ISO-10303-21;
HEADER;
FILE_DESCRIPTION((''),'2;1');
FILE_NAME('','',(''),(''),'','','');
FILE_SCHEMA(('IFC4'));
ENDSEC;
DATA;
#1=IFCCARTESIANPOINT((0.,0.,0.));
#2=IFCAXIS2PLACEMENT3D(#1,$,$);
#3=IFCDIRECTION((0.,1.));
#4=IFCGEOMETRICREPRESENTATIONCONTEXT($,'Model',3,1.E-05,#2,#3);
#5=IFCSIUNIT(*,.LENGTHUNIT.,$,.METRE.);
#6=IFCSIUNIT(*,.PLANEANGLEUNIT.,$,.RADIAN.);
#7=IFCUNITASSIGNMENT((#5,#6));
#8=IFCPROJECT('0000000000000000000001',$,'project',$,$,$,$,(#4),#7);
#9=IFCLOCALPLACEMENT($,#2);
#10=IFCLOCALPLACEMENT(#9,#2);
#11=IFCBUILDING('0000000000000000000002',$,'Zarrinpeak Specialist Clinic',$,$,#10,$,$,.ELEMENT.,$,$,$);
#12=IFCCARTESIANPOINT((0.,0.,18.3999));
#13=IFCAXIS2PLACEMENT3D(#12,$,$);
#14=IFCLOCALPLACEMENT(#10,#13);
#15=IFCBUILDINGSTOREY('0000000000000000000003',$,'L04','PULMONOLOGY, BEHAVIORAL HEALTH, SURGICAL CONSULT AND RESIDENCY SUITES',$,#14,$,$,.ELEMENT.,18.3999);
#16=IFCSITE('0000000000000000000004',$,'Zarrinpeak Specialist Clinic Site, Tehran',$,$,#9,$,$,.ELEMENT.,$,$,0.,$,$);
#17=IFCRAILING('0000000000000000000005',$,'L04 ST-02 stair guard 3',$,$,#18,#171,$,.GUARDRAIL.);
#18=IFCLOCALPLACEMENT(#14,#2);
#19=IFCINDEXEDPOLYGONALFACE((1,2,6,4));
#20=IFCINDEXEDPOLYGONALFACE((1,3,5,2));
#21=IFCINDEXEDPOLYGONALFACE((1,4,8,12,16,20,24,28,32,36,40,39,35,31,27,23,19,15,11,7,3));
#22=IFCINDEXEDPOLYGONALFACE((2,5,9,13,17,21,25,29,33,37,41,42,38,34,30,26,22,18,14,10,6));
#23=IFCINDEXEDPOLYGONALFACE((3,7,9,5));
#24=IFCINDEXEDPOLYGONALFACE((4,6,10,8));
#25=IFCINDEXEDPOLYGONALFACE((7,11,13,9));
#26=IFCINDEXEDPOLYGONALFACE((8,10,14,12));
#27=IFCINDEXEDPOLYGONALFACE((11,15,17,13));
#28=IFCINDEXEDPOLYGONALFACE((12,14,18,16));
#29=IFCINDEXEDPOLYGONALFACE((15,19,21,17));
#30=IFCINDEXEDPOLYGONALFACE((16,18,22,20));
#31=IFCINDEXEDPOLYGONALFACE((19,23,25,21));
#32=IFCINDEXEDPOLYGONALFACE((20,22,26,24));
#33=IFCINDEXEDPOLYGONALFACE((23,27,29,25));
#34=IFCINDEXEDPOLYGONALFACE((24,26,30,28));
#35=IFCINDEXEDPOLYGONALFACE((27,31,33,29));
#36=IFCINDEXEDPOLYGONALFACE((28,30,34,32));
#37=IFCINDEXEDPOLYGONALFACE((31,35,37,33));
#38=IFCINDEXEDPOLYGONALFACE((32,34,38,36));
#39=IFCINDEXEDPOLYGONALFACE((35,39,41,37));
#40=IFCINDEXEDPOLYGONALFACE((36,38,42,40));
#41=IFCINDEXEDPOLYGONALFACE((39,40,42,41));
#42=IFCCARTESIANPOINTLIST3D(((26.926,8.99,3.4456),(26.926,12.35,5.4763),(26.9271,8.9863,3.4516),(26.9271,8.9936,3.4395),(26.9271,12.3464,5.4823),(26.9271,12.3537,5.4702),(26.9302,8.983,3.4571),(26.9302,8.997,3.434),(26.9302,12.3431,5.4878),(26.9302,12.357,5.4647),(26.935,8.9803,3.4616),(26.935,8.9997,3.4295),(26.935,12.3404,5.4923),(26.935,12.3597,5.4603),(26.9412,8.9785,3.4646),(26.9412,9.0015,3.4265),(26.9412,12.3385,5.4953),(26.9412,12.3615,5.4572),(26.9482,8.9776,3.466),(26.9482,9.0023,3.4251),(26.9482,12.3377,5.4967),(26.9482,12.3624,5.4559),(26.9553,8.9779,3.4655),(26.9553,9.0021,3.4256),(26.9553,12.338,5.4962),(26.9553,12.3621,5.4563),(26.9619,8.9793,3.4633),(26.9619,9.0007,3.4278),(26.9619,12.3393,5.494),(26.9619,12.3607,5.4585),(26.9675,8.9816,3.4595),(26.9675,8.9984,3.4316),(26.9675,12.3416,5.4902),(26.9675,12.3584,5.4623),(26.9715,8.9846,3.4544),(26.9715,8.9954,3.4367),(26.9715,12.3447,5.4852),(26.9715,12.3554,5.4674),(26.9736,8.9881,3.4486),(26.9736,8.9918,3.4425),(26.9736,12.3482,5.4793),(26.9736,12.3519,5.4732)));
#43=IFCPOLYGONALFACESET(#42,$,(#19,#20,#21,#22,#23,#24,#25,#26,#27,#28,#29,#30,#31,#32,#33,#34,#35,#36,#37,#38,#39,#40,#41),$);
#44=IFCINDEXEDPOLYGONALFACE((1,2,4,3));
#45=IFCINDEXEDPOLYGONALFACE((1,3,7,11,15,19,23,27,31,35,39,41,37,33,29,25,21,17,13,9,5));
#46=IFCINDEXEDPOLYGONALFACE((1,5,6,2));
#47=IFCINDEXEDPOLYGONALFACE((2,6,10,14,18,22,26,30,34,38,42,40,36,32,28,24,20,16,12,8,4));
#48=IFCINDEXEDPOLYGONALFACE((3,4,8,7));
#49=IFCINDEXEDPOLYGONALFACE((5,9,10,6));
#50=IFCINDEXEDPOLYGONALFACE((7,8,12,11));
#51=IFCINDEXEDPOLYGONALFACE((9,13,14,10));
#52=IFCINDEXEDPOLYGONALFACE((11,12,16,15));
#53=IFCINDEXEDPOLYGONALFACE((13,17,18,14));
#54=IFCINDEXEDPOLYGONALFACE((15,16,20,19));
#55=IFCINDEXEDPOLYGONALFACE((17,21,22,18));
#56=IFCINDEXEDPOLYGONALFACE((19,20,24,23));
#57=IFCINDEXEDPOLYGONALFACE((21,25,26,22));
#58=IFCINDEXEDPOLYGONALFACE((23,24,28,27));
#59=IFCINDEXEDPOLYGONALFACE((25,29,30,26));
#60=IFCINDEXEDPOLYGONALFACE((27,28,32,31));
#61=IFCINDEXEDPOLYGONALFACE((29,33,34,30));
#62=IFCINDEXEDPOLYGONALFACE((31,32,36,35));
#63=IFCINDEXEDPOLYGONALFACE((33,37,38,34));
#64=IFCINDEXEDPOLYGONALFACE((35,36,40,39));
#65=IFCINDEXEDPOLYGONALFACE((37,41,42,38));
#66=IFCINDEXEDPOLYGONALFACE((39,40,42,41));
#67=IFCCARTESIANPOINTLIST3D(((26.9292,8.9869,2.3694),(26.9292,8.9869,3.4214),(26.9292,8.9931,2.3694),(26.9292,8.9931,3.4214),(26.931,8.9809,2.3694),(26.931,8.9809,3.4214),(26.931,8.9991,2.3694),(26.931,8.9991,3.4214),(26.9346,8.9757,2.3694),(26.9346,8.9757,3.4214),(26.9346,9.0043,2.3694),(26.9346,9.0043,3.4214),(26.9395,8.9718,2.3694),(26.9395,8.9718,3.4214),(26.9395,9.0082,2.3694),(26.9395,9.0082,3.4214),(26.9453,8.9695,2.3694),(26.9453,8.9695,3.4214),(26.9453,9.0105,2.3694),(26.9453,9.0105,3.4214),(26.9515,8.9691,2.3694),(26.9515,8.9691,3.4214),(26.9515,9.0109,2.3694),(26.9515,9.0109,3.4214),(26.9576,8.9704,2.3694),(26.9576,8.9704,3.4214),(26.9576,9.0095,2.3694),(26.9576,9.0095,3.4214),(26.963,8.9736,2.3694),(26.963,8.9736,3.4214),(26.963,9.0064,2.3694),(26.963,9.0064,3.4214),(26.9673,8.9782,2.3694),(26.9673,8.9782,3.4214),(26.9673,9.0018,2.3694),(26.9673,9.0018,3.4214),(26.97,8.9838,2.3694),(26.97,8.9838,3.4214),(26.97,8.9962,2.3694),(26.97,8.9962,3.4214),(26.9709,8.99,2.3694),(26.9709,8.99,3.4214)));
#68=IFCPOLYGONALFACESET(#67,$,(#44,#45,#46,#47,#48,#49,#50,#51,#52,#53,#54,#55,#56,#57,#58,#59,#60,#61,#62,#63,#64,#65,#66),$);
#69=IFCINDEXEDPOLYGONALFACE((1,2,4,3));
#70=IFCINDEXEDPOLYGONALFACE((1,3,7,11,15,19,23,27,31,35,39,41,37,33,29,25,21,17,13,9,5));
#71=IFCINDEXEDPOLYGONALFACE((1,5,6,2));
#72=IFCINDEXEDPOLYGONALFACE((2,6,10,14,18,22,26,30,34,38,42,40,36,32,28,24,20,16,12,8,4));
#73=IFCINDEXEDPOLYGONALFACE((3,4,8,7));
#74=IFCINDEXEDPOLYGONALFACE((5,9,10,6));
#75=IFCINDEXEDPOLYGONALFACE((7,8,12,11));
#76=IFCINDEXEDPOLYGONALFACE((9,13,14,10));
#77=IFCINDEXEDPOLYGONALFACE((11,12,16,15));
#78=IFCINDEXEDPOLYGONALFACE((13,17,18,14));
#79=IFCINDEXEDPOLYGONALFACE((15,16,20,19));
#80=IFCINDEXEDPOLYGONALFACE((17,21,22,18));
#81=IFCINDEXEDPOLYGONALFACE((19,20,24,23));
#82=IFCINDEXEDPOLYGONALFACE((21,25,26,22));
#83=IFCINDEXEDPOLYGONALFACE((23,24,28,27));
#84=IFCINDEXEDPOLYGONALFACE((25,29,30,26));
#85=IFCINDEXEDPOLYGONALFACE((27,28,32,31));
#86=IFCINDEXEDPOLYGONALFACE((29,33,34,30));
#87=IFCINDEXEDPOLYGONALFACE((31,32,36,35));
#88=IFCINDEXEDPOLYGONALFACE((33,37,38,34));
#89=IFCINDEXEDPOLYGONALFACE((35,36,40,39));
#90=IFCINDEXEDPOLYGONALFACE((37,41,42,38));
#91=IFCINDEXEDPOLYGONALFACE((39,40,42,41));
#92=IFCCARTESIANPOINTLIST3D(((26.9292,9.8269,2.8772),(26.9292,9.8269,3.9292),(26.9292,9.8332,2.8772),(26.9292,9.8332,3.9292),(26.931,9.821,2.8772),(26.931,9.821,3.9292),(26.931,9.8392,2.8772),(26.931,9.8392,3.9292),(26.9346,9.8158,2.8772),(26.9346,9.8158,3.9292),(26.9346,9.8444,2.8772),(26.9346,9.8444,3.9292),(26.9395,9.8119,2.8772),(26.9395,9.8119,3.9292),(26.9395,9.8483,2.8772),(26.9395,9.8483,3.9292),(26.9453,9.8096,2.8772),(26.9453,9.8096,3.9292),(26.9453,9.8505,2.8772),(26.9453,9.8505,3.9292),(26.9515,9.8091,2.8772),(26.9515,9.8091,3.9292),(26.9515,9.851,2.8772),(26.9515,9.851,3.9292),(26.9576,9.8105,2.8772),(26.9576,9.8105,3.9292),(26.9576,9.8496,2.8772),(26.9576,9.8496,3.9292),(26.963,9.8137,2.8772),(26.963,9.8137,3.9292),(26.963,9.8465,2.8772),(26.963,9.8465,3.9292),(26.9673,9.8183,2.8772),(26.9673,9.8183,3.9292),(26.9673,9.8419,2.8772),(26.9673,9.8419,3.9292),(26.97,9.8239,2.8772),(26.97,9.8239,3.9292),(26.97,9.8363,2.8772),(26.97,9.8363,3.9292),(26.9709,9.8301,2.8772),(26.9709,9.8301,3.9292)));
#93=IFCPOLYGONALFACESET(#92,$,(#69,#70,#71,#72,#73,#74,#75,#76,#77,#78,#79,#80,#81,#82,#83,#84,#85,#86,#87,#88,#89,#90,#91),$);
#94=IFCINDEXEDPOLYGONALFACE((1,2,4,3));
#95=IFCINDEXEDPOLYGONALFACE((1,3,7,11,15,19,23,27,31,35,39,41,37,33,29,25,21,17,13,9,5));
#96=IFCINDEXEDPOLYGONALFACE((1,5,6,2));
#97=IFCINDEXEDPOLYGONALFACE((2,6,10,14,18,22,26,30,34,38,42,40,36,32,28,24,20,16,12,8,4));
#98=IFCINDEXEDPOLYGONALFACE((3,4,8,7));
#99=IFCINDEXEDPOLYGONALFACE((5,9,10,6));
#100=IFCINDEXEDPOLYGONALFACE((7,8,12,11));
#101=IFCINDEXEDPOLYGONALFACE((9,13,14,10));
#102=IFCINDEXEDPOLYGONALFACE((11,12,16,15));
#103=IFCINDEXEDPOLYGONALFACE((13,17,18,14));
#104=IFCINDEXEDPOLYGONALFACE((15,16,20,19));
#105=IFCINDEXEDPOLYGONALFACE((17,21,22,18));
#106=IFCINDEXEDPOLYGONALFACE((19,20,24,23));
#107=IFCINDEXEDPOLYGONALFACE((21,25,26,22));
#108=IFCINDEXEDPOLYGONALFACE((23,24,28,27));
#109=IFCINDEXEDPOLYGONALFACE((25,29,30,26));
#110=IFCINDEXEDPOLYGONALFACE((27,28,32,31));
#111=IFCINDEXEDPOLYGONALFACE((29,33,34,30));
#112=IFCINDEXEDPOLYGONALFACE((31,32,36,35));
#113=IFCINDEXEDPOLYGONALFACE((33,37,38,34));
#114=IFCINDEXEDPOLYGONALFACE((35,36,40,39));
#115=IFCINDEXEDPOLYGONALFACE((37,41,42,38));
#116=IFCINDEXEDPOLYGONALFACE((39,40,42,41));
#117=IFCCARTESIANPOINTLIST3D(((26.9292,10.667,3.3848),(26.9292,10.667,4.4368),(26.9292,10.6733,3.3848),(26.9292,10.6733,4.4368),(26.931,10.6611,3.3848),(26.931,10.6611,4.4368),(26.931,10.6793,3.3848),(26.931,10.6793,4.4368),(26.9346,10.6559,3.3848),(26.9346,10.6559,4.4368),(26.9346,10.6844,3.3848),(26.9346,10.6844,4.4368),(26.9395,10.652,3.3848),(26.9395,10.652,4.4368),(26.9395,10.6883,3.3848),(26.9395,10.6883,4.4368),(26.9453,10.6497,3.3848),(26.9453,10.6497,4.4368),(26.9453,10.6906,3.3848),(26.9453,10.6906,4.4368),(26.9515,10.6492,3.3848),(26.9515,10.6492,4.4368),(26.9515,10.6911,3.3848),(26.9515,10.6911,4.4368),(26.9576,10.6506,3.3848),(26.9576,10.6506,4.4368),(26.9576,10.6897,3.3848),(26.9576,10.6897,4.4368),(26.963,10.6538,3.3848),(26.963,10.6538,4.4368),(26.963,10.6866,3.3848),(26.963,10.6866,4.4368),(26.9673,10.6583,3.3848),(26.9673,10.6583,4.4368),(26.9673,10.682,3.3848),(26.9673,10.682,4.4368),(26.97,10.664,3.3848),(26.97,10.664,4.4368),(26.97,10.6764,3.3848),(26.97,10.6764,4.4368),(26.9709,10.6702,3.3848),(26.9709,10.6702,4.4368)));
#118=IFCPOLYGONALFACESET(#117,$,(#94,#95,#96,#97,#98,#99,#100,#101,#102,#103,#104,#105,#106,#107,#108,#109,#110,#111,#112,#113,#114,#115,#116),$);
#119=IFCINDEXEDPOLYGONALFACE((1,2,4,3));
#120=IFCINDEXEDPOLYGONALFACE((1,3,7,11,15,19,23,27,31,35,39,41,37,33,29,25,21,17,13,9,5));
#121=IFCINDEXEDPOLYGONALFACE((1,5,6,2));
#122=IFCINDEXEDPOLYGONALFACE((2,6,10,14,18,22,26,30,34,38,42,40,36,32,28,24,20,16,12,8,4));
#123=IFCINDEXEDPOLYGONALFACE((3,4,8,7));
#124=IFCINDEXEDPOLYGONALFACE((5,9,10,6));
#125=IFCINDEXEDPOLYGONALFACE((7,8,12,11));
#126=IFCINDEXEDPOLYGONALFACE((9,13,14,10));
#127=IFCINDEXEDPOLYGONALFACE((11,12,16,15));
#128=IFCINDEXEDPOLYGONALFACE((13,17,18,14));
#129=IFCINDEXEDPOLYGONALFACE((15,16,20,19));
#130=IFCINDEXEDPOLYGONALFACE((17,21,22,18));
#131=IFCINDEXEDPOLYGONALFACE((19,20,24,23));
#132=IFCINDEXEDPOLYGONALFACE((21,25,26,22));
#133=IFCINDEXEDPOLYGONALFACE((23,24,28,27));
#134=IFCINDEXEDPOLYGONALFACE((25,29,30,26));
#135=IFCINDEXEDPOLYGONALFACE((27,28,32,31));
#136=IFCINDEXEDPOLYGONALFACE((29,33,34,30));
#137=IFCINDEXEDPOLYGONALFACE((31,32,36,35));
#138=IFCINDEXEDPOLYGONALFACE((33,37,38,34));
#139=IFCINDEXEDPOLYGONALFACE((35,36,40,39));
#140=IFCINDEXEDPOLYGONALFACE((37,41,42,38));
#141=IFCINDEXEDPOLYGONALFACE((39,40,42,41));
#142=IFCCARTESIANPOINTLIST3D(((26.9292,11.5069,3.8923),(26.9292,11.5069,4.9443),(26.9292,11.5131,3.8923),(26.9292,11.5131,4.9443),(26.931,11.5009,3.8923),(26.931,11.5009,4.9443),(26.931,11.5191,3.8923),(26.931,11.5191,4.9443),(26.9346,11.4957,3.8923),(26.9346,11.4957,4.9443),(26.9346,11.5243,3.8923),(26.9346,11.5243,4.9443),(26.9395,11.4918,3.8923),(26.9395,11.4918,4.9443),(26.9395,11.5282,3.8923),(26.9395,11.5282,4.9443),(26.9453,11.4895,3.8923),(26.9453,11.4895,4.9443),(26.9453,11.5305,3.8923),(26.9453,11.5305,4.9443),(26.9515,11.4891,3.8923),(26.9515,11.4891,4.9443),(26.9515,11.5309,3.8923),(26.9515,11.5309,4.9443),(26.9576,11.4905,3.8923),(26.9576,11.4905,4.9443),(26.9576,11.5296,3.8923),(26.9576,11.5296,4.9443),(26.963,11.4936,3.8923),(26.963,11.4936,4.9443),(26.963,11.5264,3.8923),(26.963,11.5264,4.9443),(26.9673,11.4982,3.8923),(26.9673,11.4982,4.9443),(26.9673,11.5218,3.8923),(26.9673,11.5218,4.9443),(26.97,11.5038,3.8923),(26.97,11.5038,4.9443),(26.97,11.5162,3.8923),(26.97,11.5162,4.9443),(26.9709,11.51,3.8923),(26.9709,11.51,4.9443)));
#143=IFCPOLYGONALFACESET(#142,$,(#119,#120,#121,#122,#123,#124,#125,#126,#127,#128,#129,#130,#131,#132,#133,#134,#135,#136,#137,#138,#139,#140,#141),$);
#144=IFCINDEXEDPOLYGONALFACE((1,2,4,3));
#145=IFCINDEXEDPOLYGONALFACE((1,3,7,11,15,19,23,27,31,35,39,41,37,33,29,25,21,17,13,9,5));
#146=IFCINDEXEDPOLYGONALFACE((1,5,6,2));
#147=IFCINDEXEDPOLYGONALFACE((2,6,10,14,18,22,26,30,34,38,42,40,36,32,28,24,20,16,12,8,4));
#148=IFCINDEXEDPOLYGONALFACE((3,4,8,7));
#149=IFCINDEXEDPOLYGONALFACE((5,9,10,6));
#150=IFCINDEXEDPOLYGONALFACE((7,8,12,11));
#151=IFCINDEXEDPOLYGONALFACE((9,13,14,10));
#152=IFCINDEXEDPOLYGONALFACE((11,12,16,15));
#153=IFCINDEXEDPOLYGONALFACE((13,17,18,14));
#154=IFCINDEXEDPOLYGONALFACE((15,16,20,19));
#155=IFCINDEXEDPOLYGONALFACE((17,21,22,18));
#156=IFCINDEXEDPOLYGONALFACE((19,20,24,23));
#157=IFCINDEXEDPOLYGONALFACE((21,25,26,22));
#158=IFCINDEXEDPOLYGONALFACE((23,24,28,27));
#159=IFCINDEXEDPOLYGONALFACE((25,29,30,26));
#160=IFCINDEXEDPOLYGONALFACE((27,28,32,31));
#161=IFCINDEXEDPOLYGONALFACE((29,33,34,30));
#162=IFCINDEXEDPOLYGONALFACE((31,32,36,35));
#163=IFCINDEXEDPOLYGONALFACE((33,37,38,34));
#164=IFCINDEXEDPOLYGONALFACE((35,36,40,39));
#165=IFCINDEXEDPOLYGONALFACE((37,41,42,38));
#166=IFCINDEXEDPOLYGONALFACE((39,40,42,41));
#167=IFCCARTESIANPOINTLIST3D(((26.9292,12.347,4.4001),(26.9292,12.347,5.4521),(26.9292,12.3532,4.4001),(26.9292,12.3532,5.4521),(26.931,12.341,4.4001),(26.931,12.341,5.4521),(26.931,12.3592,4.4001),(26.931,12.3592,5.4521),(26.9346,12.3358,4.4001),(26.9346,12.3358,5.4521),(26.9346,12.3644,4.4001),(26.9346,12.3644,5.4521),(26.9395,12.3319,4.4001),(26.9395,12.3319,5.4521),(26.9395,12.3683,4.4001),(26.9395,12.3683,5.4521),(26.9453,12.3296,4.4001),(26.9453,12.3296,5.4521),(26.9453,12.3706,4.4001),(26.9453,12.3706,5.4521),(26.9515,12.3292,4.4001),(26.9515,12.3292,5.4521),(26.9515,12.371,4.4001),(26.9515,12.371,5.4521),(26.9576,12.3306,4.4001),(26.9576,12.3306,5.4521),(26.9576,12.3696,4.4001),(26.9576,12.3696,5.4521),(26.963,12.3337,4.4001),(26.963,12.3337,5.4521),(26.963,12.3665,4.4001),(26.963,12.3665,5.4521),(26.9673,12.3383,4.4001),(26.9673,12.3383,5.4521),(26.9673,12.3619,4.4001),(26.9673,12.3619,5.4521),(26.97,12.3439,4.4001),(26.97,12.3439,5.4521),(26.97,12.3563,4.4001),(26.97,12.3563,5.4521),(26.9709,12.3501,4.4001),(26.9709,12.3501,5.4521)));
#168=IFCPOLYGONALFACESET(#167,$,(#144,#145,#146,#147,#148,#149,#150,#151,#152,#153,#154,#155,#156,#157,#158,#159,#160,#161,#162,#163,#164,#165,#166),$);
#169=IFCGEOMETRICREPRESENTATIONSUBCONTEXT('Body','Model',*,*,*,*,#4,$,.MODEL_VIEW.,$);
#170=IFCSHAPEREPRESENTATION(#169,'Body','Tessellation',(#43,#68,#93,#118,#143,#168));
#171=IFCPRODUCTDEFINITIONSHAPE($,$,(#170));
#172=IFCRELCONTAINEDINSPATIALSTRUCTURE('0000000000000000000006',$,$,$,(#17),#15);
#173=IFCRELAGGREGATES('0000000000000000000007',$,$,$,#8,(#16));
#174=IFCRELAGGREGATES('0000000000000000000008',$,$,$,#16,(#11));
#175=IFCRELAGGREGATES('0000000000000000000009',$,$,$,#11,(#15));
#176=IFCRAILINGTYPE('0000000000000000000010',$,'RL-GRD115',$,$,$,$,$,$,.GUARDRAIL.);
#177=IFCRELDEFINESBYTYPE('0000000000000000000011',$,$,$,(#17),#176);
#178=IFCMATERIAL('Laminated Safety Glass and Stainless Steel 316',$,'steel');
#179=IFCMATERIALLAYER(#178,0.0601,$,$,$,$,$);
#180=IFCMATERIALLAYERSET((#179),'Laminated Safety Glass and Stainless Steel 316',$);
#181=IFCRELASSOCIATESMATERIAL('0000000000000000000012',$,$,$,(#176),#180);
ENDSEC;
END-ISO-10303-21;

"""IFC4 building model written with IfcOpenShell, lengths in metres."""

from ifc_helpers import new_model, si_unit, direction, frame, origin, origin_2d, place, context, subcontext, project, spatial, circle, extrude, material, layer, layer_set, type_object, element, save


model = new_model("IFC4")

# Units and contexts
model_context = context("Model", 3, precision=1e-05, world=origin(), true_north=direction((0.0, 1.0)))
body_context = subcontext(model_context, "Body", "Model", "MODEL_VIEW")
ifc_project = project(units=[si_unit("LENGTHUNIT", "METRE"), si_unit("PLANEANGLEUNIT", "RADIAN")], contexts=[model_context])

# Site, building, storey
site_placement = place(None, origin())
site = spatial("IfcSite", under=ifc_project, at=site_placement, Name="Zarrinpeak Specialist Clinic Site, Tehran", CompositionType="ELEMENT", RefElevation=0.0)
building_placement = place(site_placement, origin())
building = spatial("IfcBuilding", under=site, at=building_placement, Name="Zarrinpeak Specialist Clinic", CompositionType="ELEMENT")
storey_placement = place(building_placement, frame((0.0, 0.0, 18.3999)))
storey = spatial("IfcBuildingStorey", under=building, at=storey_placement, Name="L04", Description="PULMONOLOGY, BEHAVIORAL HEALTH, SURGICAL CONSULT AND RESIDENCY SUITES", CompositionType="ELEMENT", Elevation=18.3999)

# Railing
ifc_material_1 = material(Name="Laminated Safety Glass and Stainless Steel 316", Category="steel")
ifc_layer_1 = layer(ifc_material_1, 0.0601)
ifc_layer_set_1 = layer_set([ifc_layer_1], Name="Laminated Safety Glass and Stainless Steel 316")
railing_type_1 = type_object("IfcRailingType", Name="RL-GRD115", PredefinedType="GUARDRAIL", material=ifc_layer_set_1)
railing_1_placement = place(storey_placement, frame((26.95, 8.99, 2.3694)))
element("IfcRailing", 1, at=railing_1_placement, inside=storey, type_object=railing_type_1, Name="L04 ST-02 stair guard 3", PredefinedType="GUARDRAIL", context=body_context, shape_type="SweptSolid", body=[
    extrude(circle(Radius=0.0239, at=origin_2d()), frame((0.0, 0.0, 1.0762), z_axis=(0.0, 0.855837, 0.517246), x_axis=(-1.0, 0.0, 0.0)), (0.0, 0.0, 1.0), 3.926),
    extrude(circle(Radius=0.021, at=origin_2d()), origin(), (0.0, 0.0, 1.0), 1.052),
    extrude(circle(Radius=0.021, at=origin_2d()), frame((0.0, 0.8401, 0.5078)), (0.0, 0.0, 1.0), 1.052),
    extrude(circle(Radius=0.021, at=origin_2d()), frame((0.0, 1.6802, 1.0154)), (0.0, 0.0, 1.0), 1.052),
    extrude(circle(Radius=0.021, at=origin_2d()), frame((0.0, 2.52, 1.5229)), (0.0, 0.0, 1.0), 1.052),
    extrude(circle(Radius=0.021, at=origin_2d()), frame((0.0, 3.3601, 2.0308)), (0.0, 0.0, 1.0), 1.052),
])

save(model, "model.ifc")
